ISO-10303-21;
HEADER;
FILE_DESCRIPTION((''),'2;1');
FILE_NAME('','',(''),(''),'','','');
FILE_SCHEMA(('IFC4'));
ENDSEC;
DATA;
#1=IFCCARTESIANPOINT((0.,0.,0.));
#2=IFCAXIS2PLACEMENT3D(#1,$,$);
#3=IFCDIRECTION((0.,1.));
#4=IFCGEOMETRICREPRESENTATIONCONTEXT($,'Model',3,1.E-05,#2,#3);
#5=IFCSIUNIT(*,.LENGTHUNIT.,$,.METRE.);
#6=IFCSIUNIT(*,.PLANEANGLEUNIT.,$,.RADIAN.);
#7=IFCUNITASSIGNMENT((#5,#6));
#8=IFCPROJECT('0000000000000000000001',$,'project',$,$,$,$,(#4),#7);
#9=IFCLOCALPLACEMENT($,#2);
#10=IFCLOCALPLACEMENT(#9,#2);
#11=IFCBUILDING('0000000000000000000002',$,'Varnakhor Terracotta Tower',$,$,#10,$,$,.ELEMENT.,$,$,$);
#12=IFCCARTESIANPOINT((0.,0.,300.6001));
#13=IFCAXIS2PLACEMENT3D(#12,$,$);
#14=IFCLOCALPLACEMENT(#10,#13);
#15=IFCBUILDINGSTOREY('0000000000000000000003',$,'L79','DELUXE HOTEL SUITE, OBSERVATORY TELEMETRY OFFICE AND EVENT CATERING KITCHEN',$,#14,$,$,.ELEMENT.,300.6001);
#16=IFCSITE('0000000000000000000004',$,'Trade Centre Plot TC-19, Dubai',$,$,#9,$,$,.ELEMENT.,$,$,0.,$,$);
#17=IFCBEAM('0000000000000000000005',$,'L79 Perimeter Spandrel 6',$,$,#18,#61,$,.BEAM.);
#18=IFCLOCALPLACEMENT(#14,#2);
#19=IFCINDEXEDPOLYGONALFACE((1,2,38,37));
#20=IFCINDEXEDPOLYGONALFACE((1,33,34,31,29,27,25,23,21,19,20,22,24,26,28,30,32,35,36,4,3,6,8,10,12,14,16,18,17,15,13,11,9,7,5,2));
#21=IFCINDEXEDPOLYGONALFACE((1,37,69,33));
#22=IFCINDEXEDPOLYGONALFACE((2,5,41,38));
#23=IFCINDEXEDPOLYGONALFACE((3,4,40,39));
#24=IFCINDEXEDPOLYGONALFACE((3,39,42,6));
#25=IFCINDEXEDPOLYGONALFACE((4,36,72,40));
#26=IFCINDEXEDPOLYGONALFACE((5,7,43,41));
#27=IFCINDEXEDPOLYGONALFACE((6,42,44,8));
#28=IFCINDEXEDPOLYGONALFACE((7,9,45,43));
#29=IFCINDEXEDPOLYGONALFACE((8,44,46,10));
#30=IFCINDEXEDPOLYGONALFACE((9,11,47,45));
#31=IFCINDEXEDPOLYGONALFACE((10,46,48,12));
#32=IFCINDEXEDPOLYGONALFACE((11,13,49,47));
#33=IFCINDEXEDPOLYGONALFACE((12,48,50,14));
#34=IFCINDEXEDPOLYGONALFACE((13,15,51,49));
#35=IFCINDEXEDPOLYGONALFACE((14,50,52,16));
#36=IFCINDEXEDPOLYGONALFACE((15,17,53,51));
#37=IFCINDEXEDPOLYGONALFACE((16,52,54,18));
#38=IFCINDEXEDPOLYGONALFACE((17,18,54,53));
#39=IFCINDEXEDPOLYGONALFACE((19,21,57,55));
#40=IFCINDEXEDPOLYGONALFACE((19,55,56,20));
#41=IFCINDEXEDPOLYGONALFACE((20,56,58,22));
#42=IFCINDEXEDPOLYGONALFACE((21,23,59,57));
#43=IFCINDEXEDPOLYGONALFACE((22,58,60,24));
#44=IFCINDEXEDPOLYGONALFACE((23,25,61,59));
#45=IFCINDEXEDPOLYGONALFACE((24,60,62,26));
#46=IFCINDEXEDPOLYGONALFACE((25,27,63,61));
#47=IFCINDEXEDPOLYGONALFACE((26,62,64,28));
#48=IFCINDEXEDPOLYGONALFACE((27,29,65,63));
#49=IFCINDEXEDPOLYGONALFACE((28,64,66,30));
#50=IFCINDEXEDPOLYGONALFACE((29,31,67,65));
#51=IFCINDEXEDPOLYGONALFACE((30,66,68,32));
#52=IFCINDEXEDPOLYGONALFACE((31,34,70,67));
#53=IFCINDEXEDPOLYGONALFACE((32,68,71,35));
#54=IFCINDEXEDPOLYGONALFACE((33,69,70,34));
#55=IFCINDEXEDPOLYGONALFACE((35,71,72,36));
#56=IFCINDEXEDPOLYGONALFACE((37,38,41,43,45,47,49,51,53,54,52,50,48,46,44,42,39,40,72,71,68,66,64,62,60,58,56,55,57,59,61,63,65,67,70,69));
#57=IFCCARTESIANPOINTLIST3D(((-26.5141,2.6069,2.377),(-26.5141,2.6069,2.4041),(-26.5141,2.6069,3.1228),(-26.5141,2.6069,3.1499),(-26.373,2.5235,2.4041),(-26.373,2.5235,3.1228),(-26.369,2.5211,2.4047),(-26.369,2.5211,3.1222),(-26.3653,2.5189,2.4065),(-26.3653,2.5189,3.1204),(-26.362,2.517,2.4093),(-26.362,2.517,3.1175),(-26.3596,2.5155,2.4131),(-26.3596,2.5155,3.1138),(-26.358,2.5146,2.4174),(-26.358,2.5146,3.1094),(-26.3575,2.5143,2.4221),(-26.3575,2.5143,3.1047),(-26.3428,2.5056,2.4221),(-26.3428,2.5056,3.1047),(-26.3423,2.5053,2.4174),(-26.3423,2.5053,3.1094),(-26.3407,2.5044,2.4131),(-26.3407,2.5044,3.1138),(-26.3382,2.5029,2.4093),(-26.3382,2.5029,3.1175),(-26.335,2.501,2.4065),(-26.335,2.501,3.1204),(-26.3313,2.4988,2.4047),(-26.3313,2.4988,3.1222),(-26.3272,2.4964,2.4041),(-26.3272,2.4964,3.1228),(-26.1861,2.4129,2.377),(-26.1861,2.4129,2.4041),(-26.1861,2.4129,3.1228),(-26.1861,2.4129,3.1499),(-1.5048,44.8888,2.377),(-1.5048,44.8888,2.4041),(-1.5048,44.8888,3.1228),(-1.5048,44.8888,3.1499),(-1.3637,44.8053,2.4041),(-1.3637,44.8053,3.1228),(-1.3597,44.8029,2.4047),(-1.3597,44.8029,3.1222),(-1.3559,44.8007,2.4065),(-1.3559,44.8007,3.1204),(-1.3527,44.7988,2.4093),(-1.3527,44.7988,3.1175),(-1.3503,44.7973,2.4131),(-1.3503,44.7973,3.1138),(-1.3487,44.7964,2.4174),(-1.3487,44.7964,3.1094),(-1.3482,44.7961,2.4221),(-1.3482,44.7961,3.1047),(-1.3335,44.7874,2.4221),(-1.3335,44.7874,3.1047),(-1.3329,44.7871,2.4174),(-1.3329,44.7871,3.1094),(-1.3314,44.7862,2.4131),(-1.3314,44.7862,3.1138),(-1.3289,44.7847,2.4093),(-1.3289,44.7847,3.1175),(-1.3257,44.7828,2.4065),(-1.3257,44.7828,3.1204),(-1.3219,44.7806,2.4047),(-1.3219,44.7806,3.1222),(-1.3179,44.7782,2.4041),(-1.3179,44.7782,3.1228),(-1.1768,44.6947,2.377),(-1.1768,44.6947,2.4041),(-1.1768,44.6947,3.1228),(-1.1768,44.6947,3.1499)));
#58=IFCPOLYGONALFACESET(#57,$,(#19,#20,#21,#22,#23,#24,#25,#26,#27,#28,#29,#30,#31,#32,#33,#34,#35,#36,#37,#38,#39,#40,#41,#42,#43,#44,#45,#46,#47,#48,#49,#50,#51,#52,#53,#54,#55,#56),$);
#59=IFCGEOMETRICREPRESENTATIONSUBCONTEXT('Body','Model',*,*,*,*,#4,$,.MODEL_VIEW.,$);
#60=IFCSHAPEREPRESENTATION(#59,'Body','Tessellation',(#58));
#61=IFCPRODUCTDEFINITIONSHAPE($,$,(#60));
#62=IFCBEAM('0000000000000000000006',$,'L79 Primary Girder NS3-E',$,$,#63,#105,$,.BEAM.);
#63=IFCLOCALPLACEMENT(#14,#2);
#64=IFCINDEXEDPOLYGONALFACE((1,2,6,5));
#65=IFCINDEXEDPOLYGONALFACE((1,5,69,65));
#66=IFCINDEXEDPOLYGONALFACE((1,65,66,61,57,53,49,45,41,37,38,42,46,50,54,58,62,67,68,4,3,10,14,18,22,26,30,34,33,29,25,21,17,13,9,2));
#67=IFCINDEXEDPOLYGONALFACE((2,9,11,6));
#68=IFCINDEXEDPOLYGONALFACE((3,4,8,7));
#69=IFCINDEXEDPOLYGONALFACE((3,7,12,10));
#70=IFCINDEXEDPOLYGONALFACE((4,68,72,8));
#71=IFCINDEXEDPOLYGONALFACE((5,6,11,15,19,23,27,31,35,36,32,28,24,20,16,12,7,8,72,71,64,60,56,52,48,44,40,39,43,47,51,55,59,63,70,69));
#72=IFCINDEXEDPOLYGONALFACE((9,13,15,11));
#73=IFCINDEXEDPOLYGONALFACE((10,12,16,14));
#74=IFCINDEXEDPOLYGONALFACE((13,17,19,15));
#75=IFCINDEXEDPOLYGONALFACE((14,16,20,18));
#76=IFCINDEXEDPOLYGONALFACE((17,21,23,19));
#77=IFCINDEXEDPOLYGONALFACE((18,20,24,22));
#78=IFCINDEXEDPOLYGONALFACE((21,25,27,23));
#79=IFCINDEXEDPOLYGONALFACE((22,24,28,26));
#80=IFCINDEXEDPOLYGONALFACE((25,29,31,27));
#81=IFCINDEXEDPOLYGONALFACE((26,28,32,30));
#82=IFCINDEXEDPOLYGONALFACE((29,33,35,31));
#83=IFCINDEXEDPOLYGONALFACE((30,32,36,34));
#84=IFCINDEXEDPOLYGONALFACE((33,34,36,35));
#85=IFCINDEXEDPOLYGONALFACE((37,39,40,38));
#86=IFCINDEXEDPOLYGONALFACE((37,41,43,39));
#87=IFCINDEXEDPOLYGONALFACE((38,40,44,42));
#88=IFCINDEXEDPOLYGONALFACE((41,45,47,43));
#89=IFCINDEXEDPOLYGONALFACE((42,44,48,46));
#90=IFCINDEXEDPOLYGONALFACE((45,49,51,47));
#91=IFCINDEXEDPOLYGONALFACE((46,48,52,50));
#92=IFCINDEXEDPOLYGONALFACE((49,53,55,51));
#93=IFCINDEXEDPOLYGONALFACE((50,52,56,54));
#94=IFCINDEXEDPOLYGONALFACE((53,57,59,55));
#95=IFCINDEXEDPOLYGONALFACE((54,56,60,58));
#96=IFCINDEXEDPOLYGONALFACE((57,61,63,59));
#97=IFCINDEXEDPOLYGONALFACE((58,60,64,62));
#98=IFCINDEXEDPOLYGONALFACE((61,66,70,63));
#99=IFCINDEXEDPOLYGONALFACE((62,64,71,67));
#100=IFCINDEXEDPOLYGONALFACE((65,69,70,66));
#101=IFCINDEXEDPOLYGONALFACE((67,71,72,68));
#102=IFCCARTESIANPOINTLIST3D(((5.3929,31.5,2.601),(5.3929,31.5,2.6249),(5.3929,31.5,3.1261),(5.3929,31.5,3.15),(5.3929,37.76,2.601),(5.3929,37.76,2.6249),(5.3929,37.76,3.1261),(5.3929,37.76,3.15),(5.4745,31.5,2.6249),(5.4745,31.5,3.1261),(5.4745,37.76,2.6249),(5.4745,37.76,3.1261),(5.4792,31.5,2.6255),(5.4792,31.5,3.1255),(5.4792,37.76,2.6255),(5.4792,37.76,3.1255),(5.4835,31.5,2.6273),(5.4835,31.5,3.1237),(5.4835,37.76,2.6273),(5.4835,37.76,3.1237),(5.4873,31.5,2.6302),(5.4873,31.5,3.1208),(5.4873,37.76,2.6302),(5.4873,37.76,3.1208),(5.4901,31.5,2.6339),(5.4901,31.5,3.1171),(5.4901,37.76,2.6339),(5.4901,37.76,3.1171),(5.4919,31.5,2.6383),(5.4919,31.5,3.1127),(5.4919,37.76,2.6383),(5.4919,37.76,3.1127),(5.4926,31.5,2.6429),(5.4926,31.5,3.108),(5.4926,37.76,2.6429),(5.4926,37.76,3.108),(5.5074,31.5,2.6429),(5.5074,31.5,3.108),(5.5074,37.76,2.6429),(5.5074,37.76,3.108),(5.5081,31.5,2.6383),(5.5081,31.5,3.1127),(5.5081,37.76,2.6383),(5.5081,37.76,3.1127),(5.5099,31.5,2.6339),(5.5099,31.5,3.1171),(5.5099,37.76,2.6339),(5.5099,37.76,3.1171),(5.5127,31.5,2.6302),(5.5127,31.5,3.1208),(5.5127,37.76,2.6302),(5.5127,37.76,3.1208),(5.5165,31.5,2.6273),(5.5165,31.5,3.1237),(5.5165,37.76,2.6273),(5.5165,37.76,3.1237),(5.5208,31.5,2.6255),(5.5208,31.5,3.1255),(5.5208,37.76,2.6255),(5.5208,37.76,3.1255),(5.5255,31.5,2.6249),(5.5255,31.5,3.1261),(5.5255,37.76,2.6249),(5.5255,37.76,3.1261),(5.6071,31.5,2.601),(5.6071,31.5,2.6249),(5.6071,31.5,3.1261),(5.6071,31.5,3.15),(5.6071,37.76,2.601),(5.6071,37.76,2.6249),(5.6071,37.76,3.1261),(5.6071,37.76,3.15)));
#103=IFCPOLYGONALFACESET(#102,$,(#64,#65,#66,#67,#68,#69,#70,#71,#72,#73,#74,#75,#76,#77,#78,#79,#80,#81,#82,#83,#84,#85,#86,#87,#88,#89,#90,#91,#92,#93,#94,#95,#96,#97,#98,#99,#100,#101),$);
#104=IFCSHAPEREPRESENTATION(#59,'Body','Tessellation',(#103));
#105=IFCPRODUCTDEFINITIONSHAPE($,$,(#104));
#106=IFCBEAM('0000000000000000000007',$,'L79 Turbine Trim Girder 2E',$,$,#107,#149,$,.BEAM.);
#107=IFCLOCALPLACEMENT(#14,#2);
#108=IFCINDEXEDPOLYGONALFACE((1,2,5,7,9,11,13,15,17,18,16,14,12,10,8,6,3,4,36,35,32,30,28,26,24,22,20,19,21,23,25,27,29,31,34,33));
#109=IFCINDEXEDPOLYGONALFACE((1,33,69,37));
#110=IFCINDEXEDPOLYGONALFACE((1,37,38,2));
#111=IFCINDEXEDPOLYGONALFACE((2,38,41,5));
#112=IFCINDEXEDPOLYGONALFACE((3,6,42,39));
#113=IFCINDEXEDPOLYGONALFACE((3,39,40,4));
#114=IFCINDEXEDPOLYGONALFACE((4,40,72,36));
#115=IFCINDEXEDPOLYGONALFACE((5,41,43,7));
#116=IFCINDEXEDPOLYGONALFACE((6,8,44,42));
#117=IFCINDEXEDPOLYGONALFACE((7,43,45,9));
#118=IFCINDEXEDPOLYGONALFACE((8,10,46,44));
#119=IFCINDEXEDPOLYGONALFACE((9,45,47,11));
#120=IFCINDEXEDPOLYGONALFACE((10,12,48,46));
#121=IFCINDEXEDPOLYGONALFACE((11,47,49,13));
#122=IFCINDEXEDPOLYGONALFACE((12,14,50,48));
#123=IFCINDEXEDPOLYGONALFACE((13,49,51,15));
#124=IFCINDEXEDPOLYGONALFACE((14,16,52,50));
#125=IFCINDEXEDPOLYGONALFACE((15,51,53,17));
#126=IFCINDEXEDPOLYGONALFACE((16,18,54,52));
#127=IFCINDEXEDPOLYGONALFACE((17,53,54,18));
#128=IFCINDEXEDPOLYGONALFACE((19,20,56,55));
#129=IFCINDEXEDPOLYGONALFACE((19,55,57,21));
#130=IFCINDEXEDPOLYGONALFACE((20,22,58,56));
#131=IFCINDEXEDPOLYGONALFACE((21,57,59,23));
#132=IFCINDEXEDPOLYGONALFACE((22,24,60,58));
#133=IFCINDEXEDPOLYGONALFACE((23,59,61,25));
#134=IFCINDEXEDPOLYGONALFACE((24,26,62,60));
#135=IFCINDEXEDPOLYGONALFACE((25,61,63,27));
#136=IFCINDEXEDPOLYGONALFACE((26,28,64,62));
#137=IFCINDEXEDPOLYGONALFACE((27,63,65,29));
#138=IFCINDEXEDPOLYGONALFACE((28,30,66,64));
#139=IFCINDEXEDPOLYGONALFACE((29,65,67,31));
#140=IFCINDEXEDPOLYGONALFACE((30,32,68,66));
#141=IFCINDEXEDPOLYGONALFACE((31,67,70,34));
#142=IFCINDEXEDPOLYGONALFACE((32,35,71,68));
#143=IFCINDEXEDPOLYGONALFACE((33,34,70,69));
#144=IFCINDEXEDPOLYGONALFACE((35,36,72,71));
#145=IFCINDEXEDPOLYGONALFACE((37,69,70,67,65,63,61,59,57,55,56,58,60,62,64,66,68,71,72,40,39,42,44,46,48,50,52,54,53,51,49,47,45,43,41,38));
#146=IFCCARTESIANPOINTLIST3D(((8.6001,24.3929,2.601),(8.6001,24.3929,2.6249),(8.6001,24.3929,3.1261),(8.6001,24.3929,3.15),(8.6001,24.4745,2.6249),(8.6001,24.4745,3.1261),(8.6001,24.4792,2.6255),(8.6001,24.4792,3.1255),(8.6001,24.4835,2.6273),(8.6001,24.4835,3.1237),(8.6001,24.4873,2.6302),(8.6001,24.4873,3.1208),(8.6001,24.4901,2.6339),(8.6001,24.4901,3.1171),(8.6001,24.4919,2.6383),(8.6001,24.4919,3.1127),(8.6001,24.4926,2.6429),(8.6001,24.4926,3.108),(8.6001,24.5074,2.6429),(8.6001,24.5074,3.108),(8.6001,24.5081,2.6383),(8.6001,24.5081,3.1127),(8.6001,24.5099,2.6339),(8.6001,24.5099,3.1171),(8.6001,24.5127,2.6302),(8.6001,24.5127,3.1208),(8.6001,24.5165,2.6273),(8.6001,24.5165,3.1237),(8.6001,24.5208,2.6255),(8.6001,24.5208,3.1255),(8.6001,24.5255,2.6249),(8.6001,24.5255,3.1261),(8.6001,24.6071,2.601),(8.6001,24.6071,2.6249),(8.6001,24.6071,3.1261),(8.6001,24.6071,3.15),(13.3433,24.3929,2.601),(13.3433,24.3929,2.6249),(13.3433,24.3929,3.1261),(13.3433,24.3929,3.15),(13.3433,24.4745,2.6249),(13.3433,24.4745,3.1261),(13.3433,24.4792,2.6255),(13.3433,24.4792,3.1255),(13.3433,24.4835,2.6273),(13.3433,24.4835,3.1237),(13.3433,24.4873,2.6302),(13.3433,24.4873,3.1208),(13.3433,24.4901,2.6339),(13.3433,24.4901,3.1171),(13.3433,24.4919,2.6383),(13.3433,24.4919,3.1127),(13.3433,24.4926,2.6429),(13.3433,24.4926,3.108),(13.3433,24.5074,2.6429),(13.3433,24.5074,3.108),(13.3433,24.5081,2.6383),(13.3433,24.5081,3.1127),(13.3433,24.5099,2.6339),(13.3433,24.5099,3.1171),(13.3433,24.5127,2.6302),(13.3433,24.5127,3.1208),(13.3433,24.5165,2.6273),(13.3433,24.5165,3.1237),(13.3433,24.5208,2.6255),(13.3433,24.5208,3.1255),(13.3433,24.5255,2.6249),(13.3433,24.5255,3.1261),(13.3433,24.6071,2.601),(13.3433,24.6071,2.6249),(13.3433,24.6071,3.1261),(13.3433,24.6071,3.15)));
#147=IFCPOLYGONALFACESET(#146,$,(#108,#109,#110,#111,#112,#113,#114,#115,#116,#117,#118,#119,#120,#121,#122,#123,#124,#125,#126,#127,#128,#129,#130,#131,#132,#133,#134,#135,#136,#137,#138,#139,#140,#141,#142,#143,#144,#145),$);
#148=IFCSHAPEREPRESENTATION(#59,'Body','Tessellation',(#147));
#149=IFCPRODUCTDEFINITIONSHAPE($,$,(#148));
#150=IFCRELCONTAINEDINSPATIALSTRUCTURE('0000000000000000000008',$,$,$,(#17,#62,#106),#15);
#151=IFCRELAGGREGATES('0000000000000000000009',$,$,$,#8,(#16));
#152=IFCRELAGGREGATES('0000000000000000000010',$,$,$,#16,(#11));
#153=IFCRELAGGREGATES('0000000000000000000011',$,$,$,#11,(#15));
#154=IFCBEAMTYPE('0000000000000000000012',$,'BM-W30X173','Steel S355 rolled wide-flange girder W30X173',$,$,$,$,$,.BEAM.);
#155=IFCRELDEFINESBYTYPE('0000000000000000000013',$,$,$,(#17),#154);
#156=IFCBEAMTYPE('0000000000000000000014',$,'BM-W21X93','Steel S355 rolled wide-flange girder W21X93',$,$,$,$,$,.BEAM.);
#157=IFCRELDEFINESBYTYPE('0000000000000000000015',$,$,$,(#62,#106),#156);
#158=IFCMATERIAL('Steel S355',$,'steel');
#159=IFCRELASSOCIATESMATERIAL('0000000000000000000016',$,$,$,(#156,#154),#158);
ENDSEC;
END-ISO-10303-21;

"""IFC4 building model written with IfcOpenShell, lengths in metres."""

from ifc_helpers import new_model, si_unit, direction, frame, origin, origin_2d, place, context, subcontext, project, spatial, i_section, extrude, source, transform, mapped, material, material_profile, profile_set, type_object, element, save


model = new_model("IFC4")

# Units and contexts
model_context = context("Model", 3, precision=1e-05, world=origin(), true_north=direction((0.0, 1.0)))
body_context = subcontext(model_context, "Body", "Model", "MODEL_VIEW")
ifc_project = project(units=[si_unit("LENGTHUNIT", "METRE"), si_unit("PLANEANGLEUNIT", "RADIAN")], contexts=[model_context])

# Site, building, storey
site_placement = place(None, origin())
site = spatial("IfcSite", under=ifc_project, at=site_placement, Name="Trade Centre Plot TC-19, Dubai", CompositionType="ELEMENT", RefElevation=0.0)
building_placement = place(site_placement, origin())
building = spatial("IfcBuilding", under=site, at=building_placement, Name="Varnakhor Terracotta Tower", CompositionType="ELEMENT")
storey_placement = place(building_placement, frame((0.0, 0.0, 300.6001)))
storey = spatial("IfcBuildingStorey", under=building, at=storey_placement, Name="L79", Description="DELUXE HOTEL SUITE, OBSERVATORY TELEMETRY OFFICE AND EVENT CATERING KITCHEN", CompositionType="ELEMENT", Elevation=300.6001)

# Shared definitions
ifc_material_1 = material(Name="Steel S355", Category="steel")

# Beams
ifc_material_profile_1 = material_profile(ifc_material_1, i_section(OverallWidth=0.2141, OverallDepth=0.5491, WebThickness=0.0149, FlangeThickness=0.0239, FilletRadius=0.0181, at=origin_2d()), Name="W21X93")
ifc_profile_set_1 = profile_set([ifc_material_profile_1], Name="Steel S355")
beam_type_1 = type_object("IfcBeamType", Name="BM-W21X93", Description="Steel S355 rolled wide-flange girder W21X93", PredefinedType="BEAM", material=ifc_profile_set_1)
ifc_material_profile_2 = material_profile(ifc_material_1, i_section(OverallWidth=0.3811, OverallDepth=0.7729, WebThickness=0.0171, FlangeThickness=0.0271, FilletRadius=0.0181, at=origin_2d()), Name="W30X173")
ifc_profile_set_2 = profile_set([ifc_material_profile_2], Name="Steel S355")
beam_type_2 = type_object("IfcBeamType", Name="BM-W30X173", Description="Steel S355 rolled wide-flange girder W30X173", PredefinedType="BEAM", material=ifc_profile_set_2)
shared_shape_1 = source(origin(), body_context, "Body", "SweptSolid", [
    extrude(i_section(OverallWidth=0.3811, OverallDepth=0.7729, WebThickness=0.0171, FlangeThickness=0.0271, FilletRadius=0.0181, at=origin_2d()), origin(), (0.0, 0.0, 1.0), 49.1245),
])
beam_1_placement = place(storey_placement, frame((-1.3408, 44.7917, 2.7634), z_axis=(-0.509101, -0.860707, 0.0), x_axis=(0.860707, -0.509101, 0.0)))
element("IfcBeam", 1, at=beam_1_placement, inside=storey, type_object=beam_type_2, Name="L79 Perimeter Spandrel 6", PredefinedType="BEAM", context=body_context, shape_type="MappedRepresentation", body=[
    mapped(shared_shape_1, transform((0.0, 0.0, 0.0), scale=1.0)),
])
shared_shape_2 = source(origin(), body_context, "Body", "SweptSolid", [
    extrude(i_section(OverallWidth=0.2141, OverallDepth=0.5491, WebThickness=0.0149, FlangeThickness=0.0239, FilletRadius=0.0181, at=origin_2d()), origin(), (0.0, 0.0, 1.0), 6.26),
])
beam_2_placement = place(storey_placement, frame((5.5, 31.5, 2.8755), z_axis=(0.0, 1.0, 0.0), x_axis=(-1.0, 0.0, 0.0)))
element("IfcBeam", 2, at=beam_2_placement, inside=storey, type_object=beam_type_1, Name="L79 Primary Girder NS3-E", PredefinedType="BEAM", context=body_context, shape_type="MappedRepresentation", body=[
    mapped(shared_shape_2, transform((0.0, 0.0, 0.0), scale=1.0)),
])
shared_shape_3 = source(origin(), body_context, "Body", "SweptSolid", [
    extrude(i_section(OverallWidth=0.2141, OverallDepth=0.5491, WebThickness=0.0149, FlangeThickness=0.0239, FilletRadius=0.0181, at=origin_2d()), origin(), (0.0, 0.0, 1.0), 4.7432),
])
beam_3_placement = place(storey_placement, frame((8.6001, 24.5, 2.8755), z_axis=(1.0, 0.0, 0.0), x_axis=(0.0, 1.0, 0.0)))
element("IfcBeam", 3, at=beam_3_placement, inside=storey, type_object=beam_type_1, Name="L79 Turbine Trim Girder 2E", PredefinedType="BEAM", context=body_context, shape_type="MappedRepresentation", body=[
    mapped(shared_shape_3, transform((0.0, 0.0, 0.0), scale=1.0)),
])

save(model, "model.ifc")
